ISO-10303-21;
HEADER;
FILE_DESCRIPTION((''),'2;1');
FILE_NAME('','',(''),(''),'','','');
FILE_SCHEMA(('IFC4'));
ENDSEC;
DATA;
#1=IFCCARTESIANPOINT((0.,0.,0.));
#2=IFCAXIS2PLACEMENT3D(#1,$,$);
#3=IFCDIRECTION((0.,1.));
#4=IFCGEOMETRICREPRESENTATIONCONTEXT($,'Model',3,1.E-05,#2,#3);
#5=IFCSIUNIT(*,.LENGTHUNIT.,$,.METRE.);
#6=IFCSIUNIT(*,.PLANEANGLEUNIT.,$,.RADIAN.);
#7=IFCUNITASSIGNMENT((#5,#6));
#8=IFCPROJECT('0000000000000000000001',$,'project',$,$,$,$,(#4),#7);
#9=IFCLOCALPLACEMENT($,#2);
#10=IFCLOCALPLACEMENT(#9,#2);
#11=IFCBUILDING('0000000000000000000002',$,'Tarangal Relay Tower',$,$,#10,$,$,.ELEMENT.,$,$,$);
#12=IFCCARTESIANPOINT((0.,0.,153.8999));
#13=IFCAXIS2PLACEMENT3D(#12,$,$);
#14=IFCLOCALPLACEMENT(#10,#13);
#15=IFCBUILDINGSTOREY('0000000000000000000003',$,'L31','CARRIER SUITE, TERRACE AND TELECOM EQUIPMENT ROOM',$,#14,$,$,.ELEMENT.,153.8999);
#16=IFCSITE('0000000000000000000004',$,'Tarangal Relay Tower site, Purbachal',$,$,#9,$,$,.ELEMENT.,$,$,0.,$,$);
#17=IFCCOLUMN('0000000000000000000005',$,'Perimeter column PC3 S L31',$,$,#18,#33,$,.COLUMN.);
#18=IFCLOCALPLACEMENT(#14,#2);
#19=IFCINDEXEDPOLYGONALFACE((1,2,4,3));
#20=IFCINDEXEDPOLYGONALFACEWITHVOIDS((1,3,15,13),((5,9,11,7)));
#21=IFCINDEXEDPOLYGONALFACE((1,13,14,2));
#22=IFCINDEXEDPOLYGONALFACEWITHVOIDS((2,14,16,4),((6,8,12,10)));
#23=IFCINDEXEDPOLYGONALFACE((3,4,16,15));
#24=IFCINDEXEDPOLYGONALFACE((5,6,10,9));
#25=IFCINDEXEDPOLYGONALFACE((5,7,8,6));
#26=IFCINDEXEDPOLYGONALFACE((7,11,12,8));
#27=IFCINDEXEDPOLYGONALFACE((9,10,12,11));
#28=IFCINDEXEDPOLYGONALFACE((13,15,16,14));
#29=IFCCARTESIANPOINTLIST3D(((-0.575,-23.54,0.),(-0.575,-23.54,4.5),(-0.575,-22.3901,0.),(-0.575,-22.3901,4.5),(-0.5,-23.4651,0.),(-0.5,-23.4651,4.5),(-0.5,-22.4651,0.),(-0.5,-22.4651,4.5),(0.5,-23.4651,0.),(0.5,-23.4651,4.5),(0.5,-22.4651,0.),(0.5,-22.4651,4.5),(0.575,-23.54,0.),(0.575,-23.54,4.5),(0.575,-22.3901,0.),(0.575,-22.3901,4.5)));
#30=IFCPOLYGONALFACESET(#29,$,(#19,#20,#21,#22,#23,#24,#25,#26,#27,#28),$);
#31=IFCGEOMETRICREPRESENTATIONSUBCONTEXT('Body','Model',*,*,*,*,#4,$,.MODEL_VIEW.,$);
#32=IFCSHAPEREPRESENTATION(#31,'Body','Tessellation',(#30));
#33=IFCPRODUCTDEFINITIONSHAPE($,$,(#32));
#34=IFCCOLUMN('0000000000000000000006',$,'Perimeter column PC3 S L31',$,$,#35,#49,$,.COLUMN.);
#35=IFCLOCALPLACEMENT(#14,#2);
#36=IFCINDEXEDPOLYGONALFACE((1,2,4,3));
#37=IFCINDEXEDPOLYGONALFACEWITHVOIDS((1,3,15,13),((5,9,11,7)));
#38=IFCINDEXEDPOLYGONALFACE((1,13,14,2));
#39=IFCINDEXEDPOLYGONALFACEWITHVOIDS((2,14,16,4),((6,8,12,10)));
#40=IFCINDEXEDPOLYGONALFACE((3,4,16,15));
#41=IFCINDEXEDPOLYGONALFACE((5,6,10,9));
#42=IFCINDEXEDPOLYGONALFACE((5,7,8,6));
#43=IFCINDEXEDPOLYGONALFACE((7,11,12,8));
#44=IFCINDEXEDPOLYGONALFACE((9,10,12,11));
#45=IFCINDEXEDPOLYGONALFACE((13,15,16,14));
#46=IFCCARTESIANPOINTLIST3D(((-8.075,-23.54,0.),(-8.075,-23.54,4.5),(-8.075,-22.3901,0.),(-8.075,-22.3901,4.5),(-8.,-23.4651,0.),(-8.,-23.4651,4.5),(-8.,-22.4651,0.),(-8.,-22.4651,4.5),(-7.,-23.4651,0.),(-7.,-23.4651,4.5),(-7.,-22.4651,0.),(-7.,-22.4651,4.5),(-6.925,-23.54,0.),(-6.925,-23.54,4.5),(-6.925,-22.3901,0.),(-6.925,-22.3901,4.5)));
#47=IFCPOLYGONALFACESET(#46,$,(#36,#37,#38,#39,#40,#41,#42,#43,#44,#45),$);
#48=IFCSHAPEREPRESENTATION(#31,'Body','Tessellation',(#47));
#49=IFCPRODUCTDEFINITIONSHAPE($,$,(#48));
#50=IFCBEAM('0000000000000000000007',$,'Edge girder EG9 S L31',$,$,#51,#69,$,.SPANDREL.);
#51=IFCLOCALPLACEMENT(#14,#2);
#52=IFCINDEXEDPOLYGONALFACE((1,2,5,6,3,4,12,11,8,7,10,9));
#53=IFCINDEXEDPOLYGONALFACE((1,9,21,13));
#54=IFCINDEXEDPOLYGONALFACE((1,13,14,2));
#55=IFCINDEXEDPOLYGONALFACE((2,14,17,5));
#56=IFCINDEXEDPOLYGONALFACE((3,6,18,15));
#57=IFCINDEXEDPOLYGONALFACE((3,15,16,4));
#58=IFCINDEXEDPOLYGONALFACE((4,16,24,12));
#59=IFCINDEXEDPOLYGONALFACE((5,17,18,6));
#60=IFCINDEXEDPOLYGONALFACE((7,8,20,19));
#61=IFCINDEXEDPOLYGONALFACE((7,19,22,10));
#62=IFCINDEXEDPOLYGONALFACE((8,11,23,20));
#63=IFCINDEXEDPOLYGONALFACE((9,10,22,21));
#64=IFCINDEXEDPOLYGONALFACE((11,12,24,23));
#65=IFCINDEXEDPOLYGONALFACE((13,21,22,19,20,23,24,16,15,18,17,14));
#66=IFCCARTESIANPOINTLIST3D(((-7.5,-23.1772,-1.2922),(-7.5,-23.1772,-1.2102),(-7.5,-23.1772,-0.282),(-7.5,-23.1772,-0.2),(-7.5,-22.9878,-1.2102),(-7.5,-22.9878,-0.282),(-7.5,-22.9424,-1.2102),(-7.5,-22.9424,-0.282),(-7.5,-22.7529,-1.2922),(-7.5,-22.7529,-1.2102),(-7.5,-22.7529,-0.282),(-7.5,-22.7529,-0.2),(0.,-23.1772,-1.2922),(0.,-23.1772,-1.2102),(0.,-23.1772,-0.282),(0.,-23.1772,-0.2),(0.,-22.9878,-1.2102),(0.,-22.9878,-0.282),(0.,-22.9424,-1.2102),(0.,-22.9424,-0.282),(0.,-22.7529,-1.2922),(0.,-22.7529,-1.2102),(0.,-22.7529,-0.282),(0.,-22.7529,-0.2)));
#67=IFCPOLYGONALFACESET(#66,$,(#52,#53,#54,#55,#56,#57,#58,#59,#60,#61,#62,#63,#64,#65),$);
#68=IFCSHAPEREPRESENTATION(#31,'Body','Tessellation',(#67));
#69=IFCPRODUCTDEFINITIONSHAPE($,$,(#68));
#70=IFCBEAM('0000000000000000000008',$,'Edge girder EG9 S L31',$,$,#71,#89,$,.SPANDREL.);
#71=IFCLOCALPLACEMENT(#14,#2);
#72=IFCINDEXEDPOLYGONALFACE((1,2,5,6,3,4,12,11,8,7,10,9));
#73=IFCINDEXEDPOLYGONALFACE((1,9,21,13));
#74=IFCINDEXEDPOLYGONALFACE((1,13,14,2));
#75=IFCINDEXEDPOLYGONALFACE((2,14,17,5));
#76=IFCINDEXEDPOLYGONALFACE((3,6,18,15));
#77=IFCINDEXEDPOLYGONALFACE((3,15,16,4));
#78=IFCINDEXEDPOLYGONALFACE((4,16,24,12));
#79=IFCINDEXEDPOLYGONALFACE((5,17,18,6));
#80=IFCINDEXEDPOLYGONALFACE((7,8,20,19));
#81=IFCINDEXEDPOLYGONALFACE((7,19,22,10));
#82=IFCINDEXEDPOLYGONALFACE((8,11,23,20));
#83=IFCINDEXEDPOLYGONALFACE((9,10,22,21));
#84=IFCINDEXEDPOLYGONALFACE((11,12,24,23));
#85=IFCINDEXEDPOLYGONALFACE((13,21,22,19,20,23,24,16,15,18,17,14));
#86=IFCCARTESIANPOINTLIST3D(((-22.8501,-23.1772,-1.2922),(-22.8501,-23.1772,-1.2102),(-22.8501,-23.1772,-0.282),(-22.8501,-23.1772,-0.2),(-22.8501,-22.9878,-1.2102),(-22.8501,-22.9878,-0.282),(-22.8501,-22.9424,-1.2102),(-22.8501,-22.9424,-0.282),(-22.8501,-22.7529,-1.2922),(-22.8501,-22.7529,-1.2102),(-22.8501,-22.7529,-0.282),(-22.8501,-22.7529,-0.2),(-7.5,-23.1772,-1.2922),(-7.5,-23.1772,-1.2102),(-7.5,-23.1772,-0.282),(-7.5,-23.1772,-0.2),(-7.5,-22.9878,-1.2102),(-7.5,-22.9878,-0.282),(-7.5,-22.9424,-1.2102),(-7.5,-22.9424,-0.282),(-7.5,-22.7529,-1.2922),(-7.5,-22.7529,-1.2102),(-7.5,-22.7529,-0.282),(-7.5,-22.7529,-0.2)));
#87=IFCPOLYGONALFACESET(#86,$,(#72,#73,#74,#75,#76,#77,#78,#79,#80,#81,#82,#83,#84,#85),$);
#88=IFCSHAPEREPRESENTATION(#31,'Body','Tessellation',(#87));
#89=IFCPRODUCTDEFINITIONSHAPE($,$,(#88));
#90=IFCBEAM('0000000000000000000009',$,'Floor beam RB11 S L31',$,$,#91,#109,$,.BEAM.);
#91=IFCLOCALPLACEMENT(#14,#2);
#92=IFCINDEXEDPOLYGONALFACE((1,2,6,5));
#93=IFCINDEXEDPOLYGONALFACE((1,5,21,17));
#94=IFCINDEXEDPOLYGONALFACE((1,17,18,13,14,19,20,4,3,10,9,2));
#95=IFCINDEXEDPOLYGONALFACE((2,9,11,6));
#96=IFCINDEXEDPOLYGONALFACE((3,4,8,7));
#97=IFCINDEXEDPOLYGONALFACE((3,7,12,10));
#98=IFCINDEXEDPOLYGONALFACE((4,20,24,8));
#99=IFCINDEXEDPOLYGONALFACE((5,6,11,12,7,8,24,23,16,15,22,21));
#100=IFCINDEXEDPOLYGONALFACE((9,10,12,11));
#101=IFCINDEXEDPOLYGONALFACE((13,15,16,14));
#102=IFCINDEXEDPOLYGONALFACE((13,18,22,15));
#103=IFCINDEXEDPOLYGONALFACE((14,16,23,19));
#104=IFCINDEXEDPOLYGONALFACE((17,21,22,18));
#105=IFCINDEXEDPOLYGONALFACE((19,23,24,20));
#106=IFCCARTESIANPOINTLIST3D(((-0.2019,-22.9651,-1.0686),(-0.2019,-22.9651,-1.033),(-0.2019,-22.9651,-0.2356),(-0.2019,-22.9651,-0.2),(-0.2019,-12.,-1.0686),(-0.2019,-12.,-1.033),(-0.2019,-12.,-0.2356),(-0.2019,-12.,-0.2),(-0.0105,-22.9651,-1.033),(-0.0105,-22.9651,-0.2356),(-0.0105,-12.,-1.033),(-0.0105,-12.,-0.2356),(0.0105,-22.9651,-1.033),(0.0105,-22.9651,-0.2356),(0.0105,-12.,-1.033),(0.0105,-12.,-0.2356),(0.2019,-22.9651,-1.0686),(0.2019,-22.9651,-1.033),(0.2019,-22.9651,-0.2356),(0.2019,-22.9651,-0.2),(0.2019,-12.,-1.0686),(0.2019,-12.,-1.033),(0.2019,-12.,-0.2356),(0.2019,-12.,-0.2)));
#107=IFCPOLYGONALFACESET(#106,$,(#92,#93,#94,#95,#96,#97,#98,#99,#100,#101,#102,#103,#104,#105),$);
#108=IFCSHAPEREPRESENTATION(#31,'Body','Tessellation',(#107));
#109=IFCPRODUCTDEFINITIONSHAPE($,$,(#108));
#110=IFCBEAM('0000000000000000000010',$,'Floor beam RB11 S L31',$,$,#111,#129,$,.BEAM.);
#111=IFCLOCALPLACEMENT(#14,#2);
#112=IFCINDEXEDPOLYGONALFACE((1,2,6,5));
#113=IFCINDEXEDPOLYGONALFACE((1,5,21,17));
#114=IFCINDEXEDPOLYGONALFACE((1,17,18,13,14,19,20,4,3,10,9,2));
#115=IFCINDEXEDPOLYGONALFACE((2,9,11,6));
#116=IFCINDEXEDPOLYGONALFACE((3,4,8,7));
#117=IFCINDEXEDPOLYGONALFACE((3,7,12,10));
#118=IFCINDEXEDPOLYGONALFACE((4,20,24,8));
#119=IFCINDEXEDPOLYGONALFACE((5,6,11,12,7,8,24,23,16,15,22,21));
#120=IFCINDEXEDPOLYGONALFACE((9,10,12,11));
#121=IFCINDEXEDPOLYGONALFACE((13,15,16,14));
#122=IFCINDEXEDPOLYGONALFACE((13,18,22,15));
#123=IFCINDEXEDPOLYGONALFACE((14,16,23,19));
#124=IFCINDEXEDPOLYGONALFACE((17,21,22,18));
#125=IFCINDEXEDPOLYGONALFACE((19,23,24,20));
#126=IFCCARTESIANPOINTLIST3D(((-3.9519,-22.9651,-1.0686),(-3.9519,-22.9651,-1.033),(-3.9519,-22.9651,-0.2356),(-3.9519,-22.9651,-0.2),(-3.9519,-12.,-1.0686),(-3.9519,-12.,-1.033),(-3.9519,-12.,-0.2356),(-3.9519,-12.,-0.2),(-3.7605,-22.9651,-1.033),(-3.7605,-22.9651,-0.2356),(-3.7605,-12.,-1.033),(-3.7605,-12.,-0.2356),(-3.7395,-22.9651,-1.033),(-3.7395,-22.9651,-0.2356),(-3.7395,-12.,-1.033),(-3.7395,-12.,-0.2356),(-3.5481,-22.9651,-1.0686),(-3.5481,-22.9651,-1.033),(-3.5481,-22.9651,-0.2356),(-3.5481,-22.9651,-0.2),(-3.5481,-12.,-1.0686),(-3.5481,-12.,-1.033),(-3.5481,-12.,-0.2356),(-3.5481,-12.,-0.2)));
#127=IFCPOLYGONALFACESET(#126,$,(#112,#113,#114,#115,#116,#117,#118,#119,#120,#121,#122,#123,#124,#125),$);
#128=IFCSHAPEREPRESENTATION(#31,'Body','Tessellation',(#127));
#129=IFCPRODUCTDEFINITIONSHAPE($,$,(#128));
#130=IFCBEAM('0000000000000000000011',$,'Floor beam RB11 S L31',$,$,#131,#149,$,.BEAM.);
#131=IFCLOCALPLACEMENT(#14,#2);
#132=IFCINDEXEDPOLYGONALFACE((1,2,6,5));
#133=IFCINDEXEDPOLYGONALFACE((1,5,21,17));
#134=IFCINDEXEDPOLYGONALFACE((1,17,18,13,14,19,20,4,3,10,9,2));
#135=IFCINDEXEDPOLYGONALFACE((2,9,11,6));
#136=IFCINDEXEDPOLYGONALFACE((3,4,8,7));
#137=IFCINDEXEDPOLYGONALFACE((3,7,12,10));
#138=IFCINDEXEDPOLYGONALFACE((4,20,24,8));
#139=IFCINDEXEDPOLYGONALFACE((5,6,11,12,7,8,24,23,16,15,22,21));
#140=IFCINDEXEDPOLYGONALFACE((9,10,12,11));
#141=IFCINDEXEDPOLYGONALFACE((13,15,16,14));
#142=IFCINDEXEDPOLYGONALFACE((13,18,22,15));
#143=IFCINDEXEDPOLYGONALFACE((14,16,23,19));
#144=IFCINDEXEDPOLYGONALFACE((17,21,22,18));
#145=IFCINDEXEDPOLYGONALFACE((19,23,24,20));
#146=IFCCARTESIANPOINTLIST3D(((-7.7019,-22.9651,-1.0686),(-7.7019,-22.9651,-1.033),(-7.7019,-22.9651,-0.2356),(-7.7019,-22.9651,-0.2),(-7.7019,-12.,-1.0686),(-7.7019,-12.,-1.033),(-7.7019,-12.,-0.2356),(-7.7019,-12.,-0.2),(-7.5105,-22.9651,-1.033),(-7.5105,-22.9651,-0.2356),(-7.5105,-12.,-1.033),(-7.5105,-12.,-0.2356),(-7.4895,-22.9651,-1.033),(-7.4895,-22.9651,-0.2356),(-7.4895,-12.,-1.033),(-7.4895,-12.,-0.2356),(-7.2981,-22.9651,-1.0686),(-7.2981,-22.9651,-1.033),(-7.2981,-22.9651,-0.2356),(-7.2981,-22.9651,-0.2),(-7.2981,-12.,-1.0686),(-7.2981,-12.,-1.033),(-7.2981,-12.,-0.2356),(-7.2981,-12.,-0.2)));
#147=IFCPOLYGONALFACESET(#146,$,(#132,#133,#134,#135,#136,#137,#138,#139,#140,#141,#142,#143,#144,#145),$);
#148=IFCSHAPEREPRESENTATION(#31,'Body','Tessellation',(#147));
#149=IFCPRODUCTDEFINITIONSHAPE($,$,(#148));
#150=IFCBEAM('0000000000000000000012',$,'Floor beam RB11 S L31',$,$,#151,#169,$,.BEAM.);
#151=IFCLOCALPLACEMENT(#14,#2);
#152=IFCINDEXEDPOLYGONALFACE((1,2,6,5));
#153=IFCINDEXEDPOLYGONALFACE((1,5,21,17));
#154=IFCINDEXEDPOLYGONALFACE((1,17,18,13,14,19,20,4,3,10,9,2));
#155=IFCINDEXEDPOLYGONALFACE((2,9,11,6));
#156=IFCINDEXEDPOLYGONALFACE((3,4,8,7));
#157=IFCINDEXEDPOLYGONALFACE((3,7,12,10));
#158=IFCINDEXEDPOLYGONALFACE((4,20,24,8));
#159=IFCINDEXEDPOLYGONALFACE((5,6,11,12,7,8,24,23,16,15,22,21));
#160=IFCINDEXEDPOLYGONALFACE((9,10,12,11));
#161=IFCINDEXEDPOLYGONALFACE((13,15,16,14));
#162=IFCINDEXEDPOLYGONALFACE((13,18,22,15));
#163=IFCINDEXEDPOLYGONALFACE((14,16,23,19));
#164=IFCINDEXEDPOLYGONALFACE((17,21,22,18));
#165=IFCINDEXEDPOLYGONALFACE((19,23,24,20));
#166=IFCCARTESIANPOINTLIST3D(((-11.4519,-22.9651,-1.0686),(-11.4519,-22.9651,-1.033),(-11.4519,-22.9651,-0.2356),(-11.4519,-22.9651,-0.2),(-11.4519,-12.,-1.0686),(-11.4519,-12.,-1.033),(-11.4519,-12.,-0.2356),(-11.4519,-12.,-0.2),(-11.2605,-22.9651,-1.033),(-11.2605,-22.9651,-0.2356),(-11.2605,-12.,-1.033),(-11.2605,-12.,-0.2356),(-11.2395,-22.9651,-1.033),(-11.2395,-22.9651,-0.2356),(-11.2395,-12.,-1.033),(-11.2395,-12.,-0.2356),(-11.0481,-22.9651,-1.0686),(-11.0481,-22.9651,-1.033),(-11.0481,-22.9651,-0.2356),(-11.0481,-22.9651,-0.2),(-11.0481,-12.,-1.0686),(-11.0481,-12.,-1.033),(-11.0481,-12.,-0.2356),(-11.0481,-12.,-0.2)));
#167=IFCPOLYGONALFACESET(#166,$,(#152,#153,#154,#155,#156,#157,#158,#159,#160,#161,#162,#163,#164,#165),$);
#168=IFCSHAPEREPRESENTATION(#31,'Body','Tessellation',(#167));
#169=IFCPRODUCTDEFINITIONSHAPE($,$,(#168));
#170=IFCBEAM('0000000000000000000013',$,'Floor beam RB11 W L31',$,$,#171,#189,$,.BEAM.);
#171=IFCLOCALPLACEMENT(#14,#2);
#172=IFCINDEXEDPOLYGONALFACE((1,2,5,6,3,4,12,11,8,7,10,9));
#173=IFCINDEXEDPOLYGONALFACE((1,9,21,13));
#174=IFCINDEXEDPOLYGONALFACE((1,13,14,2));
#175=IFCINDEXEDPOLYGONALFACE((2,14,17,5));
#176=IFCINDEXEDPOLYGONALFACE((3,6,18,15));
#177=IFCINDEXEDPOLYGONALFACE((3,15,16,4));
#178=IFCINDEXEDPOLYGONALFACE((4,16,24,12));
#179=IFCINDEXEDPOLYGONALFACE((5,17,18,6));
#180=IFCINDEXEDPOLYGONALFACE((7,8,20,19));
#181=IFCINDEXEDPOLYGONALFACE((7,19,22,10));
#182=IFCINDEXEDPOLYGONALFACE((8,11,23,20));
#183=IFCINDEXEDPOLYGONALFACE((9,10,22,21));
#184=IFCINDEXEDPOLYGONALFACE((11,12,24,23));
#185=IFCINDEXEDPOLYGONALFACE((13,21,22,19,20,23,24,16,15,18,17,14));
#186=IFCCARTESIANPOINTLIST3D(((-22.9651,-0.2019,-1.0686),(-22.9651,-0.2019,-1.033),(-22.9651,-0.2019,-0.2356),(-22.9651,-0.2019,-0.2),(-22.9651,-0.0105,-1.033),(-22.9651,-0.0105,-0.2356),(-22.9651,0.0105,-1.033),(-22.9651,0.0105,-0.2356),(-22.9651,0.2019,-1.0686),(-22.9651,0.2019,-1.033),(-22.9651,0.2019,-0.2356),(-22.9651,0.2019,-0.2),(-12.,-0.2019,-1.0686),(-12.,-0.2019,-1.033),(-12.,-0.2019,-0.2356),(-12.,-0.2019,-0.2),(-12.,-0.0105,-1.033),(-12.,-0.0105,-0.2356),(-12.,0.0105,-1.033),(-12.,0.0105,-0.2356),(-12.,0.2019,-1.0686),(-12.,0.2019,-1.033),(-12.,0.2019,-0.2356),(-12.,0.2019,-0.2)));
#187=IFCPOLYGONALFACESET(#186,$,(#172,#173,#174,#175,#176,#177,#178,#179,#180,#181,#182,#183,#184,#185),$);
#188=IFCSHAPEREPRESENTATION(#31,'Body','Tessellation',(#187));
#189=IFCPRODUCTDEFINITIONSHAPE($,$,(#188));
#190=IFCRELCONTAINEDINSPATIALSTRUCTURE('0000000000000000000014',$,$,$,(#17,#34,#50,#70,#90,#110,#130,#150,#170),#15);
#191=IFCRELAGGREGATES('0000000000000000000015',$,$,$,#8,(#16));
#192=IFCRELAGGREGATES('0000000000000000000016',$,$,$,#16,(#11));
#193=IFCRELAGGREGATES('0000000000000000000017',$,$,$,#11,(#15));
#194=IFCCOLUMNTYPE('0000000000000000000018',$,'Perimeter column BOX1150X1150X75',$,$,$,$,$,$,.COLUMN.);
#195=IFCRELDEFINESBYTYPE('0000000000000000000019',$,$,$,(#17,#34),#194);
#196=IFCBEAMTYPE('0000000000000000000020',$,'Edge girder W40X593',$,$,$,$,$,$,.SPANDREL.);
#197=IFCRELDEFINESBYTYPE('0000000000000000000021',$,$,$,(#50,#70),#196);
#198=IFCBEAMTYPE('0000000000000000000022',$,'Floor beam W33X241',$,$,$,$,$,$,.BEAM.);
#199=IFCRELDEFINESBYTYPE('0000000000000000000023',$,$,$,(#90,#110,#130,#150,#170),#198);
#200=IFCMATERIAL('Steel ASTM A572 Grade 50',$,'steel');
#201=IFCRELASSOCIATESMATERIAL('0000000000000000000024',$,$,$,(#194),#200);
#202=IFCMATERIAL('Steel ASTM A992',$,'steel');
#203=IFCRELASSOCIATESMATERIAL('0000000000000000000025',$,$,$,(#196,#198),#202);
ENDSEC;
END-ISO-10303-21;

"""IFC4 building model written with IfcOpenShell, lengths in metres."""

from ifc_helpers import new_model, si_unit, direction, frame, origin, origin_2d, place, context, subcontext, project, spatial, hollow_rectangle, i_section, extrude, material, material_profile, profile_set, type_object, element, save


model = new_model("IFC4")

# Units and contexts
model_context = context("Model", 3, precision=1e-05, world=origin(), true_north=direction((0.0, 1.0)))
body_context = subcontext(model_context, "Body", "Model", "MODEL_VIEW")
ifc_project = project(units=[si_unit("LENGTHUNIT", "METRE"), si_unit("PLANEANGLEUNIT", "RADIAN")], contexts=[model_context])

# Site, building, storey
site_placement = place(None, origin())
site = spatial("IfcSite", under=ifc_project, at=site_placement, Name="Tarangal Relay Tower site, Purbachal", CompositionType="ELEMENT", RefElevation=0.0)
building_placement = place(site_placement, origin())
building = spatial("IfcBuilding", under=site, at=building_placement, Name="Tarangal Relay Tower", CompositionType="ELEMENT")
storey_placement = place(building_placement, frame((0.0, 0.0, 153.8999)))
storey = spatial("IfcBuildingStorey", under=building, at=storey_placement, Name="L31", Description="CARRIER SUITE, TERRACE AND TELECOM EQUIPMENT ROOM", CompositionType="ELEMENT", Elevation=153.8999)

# Columns
ifc_material_1 = material(Name="Steel ASTM A572 Grade 50", Category="steel")
ifc_material_profile_1 = material_profile(ifc_material_1, hollow_rectangle(XDim=1.1499, YDim=1.1499, WallThickness=0.075, at=origin_2d()), Name="BOX1150X1150X75")
ifc_profile_set_1 = profile_set([ifc_material_profile_1], Name="Steel ASTM A572 Grade 50")
column_type = type_object("IfcColumnType", Name="Perimeter column BOX1150X1150X75", PredefinedType="COLUMN", material=ifc_profile_set_1)
for number, where, z_axis, x_axis, name in (
    (1, (0.0, -22.9651, 0.0), (0.0, 0.0, 1.0), (1.0, 0.0, 0.0), "Perimeter column PC3 S L31"),
    (2, (-7.5, -22.9651, 0.0), (0.0, 0.0, 1.0), (1.0, 0.0, 0.0), "Perimeter column PC3 S L31"),
):
    element("IfcColumn", number, at=place(storey_placement, frame(where, z_axis=z_axis, x_axis=x_axis)), inside=storey, type_object=column_type, Name=name, PredefinedType="COLUMN", context=body_context, shape_type="SweptSolid", body=[
        extrude(hollow_rectangle(XDim=1.1499, YDim=1.1499, WallThickness=0.075, at=origin_2d()), origin(), (0.0, 0.0, 1.0), 4.5),
    ])

# Beams
ifc_material_2 = material(Name="Steel ASTM A992", Category="steel")
ifc_material_profile_2 = material_profile(ifc_material_2, i_section(OverallWidth=0.4243, OverallDepth=1.0923, WebThickness=0.0454, FlangeThickness=0.082, at=origin_2d()), Name="W40X593")
ifc_profile_set_2 = profile_set([ifc_material_profile_2], Name="Steel ASTM A992")
beam_type_1 = type_object("IfcBeamType", Name="Edge girder W40X593", PredefinedType="SPANDREL", material=ifc_profile_set_2)
beam_1_placement = place(storey_placement, frame((0.0, -22.9651, -0.7461), z_axis=(-1.0, 0.0, 0.0), x_axis=(0.0, -1.0, 0.0)))
element("IfcBeam", 3, at=beam_1_placement, inside=storey, type_object=beam_type_1, Name="Edge girder EG9 S L31", PredefinedType="SPANDREL", context=body_context, shape_type="SweptSolid", body=[
    extrude(i_section(OverallWidth=0.4243, OverallDepth=1.0923, WebThickness=0.0454, FlangeThickness=0.082, at=origin_2d()), origin(), (0.0, 0.0, 1.0), 7.5),
])
beam_2_placement = place(storey_placement, frame((-7.5, -22.9651, -0.7461), z_axis=(-1.0, 0.0, 0.0), x_axis=(0.0, -1.0, 0.0)))
element("IfcBeam", 4, at=beam_2_placement, inside=storey, type_object=beam_type_1, Name="Edge girder EG9 S L31", PredefinedType="SPANDREL", context=body_context, shape_type="SweptSolid", body=[
    extrude(i_section(OverallWidth=0.4243, OverallDepth=1.0923, WebThickness=0.0454, FlangeThickness=0.082, at=origin_2d()), origin(), (0.0, 0.0, 1.0), 15.3501),
])
ifc_material_profile_3 = material_profile(ifc_material_2, i_section(OverallWidth=0.4038, OverallDepth=0.8687, WebThickness=0.021, FlangeThickness=0.0356, at=origin_2d()), Name="W33X241")
ifc_profile_set_3 = profile_set([ifc_material_profile_3], Name="Steel ASTM A992")
beam_type_2 = type_object("IfcBeamType", Name="Floor beam W33X241", PredefinedType="BEAM", material=ifc_profile_set_3)
for number, where, z_axis, x_axis, name in (
    (5, (0.0, -12.0, -0.6343), (0.0, -1.0, 0.0), (1.0, 0.0, 0.0), "Floor beam RB11 S L31"),
    (6, (-3.75, -12.0, -0.6343), (0.0, -1.0, 0.0), (1.0, 0.0, 0.0), "Floor beam RB11 S L31"),
    (7, (-7.5, -12.0, -0.6343), (0.0, -1.0, 0.0), (1.0, 0.0, 0.0), "Floor beam RB11 S L31"),
    (8, (-11.25, -12.0, -0.6343), (0.0, -1.0, 0.0), (1.0, 0.0, 0.0), "Floor beam RB11 S L31"),
    (9, (-12.0, 0.0, -0.6343), (-1.0, 0.0, 0.0), (0.0, -1.0, 0.0), "Floor beam RB11 W L31"),
):
    element("IfcBeam", number, at=place(storey_placement, frame(where, z_axis=z_axis, x_axis=x_axis)), inside=storey, type_object=beam_type_2, Name=name, PredefinedType="BEAM", context=body_context, shape_type="SweptSolid", body=[
        extrude(i_section(OverallWidth=0.4038, OverallDepth=0.8687, WebThickness=0.021, FlangeThickness=0.0356, at=origin_2d()), origin(), (0.0, 0.0, 1.0), 10.9651),
    ])

save(model, "model.ifc")
